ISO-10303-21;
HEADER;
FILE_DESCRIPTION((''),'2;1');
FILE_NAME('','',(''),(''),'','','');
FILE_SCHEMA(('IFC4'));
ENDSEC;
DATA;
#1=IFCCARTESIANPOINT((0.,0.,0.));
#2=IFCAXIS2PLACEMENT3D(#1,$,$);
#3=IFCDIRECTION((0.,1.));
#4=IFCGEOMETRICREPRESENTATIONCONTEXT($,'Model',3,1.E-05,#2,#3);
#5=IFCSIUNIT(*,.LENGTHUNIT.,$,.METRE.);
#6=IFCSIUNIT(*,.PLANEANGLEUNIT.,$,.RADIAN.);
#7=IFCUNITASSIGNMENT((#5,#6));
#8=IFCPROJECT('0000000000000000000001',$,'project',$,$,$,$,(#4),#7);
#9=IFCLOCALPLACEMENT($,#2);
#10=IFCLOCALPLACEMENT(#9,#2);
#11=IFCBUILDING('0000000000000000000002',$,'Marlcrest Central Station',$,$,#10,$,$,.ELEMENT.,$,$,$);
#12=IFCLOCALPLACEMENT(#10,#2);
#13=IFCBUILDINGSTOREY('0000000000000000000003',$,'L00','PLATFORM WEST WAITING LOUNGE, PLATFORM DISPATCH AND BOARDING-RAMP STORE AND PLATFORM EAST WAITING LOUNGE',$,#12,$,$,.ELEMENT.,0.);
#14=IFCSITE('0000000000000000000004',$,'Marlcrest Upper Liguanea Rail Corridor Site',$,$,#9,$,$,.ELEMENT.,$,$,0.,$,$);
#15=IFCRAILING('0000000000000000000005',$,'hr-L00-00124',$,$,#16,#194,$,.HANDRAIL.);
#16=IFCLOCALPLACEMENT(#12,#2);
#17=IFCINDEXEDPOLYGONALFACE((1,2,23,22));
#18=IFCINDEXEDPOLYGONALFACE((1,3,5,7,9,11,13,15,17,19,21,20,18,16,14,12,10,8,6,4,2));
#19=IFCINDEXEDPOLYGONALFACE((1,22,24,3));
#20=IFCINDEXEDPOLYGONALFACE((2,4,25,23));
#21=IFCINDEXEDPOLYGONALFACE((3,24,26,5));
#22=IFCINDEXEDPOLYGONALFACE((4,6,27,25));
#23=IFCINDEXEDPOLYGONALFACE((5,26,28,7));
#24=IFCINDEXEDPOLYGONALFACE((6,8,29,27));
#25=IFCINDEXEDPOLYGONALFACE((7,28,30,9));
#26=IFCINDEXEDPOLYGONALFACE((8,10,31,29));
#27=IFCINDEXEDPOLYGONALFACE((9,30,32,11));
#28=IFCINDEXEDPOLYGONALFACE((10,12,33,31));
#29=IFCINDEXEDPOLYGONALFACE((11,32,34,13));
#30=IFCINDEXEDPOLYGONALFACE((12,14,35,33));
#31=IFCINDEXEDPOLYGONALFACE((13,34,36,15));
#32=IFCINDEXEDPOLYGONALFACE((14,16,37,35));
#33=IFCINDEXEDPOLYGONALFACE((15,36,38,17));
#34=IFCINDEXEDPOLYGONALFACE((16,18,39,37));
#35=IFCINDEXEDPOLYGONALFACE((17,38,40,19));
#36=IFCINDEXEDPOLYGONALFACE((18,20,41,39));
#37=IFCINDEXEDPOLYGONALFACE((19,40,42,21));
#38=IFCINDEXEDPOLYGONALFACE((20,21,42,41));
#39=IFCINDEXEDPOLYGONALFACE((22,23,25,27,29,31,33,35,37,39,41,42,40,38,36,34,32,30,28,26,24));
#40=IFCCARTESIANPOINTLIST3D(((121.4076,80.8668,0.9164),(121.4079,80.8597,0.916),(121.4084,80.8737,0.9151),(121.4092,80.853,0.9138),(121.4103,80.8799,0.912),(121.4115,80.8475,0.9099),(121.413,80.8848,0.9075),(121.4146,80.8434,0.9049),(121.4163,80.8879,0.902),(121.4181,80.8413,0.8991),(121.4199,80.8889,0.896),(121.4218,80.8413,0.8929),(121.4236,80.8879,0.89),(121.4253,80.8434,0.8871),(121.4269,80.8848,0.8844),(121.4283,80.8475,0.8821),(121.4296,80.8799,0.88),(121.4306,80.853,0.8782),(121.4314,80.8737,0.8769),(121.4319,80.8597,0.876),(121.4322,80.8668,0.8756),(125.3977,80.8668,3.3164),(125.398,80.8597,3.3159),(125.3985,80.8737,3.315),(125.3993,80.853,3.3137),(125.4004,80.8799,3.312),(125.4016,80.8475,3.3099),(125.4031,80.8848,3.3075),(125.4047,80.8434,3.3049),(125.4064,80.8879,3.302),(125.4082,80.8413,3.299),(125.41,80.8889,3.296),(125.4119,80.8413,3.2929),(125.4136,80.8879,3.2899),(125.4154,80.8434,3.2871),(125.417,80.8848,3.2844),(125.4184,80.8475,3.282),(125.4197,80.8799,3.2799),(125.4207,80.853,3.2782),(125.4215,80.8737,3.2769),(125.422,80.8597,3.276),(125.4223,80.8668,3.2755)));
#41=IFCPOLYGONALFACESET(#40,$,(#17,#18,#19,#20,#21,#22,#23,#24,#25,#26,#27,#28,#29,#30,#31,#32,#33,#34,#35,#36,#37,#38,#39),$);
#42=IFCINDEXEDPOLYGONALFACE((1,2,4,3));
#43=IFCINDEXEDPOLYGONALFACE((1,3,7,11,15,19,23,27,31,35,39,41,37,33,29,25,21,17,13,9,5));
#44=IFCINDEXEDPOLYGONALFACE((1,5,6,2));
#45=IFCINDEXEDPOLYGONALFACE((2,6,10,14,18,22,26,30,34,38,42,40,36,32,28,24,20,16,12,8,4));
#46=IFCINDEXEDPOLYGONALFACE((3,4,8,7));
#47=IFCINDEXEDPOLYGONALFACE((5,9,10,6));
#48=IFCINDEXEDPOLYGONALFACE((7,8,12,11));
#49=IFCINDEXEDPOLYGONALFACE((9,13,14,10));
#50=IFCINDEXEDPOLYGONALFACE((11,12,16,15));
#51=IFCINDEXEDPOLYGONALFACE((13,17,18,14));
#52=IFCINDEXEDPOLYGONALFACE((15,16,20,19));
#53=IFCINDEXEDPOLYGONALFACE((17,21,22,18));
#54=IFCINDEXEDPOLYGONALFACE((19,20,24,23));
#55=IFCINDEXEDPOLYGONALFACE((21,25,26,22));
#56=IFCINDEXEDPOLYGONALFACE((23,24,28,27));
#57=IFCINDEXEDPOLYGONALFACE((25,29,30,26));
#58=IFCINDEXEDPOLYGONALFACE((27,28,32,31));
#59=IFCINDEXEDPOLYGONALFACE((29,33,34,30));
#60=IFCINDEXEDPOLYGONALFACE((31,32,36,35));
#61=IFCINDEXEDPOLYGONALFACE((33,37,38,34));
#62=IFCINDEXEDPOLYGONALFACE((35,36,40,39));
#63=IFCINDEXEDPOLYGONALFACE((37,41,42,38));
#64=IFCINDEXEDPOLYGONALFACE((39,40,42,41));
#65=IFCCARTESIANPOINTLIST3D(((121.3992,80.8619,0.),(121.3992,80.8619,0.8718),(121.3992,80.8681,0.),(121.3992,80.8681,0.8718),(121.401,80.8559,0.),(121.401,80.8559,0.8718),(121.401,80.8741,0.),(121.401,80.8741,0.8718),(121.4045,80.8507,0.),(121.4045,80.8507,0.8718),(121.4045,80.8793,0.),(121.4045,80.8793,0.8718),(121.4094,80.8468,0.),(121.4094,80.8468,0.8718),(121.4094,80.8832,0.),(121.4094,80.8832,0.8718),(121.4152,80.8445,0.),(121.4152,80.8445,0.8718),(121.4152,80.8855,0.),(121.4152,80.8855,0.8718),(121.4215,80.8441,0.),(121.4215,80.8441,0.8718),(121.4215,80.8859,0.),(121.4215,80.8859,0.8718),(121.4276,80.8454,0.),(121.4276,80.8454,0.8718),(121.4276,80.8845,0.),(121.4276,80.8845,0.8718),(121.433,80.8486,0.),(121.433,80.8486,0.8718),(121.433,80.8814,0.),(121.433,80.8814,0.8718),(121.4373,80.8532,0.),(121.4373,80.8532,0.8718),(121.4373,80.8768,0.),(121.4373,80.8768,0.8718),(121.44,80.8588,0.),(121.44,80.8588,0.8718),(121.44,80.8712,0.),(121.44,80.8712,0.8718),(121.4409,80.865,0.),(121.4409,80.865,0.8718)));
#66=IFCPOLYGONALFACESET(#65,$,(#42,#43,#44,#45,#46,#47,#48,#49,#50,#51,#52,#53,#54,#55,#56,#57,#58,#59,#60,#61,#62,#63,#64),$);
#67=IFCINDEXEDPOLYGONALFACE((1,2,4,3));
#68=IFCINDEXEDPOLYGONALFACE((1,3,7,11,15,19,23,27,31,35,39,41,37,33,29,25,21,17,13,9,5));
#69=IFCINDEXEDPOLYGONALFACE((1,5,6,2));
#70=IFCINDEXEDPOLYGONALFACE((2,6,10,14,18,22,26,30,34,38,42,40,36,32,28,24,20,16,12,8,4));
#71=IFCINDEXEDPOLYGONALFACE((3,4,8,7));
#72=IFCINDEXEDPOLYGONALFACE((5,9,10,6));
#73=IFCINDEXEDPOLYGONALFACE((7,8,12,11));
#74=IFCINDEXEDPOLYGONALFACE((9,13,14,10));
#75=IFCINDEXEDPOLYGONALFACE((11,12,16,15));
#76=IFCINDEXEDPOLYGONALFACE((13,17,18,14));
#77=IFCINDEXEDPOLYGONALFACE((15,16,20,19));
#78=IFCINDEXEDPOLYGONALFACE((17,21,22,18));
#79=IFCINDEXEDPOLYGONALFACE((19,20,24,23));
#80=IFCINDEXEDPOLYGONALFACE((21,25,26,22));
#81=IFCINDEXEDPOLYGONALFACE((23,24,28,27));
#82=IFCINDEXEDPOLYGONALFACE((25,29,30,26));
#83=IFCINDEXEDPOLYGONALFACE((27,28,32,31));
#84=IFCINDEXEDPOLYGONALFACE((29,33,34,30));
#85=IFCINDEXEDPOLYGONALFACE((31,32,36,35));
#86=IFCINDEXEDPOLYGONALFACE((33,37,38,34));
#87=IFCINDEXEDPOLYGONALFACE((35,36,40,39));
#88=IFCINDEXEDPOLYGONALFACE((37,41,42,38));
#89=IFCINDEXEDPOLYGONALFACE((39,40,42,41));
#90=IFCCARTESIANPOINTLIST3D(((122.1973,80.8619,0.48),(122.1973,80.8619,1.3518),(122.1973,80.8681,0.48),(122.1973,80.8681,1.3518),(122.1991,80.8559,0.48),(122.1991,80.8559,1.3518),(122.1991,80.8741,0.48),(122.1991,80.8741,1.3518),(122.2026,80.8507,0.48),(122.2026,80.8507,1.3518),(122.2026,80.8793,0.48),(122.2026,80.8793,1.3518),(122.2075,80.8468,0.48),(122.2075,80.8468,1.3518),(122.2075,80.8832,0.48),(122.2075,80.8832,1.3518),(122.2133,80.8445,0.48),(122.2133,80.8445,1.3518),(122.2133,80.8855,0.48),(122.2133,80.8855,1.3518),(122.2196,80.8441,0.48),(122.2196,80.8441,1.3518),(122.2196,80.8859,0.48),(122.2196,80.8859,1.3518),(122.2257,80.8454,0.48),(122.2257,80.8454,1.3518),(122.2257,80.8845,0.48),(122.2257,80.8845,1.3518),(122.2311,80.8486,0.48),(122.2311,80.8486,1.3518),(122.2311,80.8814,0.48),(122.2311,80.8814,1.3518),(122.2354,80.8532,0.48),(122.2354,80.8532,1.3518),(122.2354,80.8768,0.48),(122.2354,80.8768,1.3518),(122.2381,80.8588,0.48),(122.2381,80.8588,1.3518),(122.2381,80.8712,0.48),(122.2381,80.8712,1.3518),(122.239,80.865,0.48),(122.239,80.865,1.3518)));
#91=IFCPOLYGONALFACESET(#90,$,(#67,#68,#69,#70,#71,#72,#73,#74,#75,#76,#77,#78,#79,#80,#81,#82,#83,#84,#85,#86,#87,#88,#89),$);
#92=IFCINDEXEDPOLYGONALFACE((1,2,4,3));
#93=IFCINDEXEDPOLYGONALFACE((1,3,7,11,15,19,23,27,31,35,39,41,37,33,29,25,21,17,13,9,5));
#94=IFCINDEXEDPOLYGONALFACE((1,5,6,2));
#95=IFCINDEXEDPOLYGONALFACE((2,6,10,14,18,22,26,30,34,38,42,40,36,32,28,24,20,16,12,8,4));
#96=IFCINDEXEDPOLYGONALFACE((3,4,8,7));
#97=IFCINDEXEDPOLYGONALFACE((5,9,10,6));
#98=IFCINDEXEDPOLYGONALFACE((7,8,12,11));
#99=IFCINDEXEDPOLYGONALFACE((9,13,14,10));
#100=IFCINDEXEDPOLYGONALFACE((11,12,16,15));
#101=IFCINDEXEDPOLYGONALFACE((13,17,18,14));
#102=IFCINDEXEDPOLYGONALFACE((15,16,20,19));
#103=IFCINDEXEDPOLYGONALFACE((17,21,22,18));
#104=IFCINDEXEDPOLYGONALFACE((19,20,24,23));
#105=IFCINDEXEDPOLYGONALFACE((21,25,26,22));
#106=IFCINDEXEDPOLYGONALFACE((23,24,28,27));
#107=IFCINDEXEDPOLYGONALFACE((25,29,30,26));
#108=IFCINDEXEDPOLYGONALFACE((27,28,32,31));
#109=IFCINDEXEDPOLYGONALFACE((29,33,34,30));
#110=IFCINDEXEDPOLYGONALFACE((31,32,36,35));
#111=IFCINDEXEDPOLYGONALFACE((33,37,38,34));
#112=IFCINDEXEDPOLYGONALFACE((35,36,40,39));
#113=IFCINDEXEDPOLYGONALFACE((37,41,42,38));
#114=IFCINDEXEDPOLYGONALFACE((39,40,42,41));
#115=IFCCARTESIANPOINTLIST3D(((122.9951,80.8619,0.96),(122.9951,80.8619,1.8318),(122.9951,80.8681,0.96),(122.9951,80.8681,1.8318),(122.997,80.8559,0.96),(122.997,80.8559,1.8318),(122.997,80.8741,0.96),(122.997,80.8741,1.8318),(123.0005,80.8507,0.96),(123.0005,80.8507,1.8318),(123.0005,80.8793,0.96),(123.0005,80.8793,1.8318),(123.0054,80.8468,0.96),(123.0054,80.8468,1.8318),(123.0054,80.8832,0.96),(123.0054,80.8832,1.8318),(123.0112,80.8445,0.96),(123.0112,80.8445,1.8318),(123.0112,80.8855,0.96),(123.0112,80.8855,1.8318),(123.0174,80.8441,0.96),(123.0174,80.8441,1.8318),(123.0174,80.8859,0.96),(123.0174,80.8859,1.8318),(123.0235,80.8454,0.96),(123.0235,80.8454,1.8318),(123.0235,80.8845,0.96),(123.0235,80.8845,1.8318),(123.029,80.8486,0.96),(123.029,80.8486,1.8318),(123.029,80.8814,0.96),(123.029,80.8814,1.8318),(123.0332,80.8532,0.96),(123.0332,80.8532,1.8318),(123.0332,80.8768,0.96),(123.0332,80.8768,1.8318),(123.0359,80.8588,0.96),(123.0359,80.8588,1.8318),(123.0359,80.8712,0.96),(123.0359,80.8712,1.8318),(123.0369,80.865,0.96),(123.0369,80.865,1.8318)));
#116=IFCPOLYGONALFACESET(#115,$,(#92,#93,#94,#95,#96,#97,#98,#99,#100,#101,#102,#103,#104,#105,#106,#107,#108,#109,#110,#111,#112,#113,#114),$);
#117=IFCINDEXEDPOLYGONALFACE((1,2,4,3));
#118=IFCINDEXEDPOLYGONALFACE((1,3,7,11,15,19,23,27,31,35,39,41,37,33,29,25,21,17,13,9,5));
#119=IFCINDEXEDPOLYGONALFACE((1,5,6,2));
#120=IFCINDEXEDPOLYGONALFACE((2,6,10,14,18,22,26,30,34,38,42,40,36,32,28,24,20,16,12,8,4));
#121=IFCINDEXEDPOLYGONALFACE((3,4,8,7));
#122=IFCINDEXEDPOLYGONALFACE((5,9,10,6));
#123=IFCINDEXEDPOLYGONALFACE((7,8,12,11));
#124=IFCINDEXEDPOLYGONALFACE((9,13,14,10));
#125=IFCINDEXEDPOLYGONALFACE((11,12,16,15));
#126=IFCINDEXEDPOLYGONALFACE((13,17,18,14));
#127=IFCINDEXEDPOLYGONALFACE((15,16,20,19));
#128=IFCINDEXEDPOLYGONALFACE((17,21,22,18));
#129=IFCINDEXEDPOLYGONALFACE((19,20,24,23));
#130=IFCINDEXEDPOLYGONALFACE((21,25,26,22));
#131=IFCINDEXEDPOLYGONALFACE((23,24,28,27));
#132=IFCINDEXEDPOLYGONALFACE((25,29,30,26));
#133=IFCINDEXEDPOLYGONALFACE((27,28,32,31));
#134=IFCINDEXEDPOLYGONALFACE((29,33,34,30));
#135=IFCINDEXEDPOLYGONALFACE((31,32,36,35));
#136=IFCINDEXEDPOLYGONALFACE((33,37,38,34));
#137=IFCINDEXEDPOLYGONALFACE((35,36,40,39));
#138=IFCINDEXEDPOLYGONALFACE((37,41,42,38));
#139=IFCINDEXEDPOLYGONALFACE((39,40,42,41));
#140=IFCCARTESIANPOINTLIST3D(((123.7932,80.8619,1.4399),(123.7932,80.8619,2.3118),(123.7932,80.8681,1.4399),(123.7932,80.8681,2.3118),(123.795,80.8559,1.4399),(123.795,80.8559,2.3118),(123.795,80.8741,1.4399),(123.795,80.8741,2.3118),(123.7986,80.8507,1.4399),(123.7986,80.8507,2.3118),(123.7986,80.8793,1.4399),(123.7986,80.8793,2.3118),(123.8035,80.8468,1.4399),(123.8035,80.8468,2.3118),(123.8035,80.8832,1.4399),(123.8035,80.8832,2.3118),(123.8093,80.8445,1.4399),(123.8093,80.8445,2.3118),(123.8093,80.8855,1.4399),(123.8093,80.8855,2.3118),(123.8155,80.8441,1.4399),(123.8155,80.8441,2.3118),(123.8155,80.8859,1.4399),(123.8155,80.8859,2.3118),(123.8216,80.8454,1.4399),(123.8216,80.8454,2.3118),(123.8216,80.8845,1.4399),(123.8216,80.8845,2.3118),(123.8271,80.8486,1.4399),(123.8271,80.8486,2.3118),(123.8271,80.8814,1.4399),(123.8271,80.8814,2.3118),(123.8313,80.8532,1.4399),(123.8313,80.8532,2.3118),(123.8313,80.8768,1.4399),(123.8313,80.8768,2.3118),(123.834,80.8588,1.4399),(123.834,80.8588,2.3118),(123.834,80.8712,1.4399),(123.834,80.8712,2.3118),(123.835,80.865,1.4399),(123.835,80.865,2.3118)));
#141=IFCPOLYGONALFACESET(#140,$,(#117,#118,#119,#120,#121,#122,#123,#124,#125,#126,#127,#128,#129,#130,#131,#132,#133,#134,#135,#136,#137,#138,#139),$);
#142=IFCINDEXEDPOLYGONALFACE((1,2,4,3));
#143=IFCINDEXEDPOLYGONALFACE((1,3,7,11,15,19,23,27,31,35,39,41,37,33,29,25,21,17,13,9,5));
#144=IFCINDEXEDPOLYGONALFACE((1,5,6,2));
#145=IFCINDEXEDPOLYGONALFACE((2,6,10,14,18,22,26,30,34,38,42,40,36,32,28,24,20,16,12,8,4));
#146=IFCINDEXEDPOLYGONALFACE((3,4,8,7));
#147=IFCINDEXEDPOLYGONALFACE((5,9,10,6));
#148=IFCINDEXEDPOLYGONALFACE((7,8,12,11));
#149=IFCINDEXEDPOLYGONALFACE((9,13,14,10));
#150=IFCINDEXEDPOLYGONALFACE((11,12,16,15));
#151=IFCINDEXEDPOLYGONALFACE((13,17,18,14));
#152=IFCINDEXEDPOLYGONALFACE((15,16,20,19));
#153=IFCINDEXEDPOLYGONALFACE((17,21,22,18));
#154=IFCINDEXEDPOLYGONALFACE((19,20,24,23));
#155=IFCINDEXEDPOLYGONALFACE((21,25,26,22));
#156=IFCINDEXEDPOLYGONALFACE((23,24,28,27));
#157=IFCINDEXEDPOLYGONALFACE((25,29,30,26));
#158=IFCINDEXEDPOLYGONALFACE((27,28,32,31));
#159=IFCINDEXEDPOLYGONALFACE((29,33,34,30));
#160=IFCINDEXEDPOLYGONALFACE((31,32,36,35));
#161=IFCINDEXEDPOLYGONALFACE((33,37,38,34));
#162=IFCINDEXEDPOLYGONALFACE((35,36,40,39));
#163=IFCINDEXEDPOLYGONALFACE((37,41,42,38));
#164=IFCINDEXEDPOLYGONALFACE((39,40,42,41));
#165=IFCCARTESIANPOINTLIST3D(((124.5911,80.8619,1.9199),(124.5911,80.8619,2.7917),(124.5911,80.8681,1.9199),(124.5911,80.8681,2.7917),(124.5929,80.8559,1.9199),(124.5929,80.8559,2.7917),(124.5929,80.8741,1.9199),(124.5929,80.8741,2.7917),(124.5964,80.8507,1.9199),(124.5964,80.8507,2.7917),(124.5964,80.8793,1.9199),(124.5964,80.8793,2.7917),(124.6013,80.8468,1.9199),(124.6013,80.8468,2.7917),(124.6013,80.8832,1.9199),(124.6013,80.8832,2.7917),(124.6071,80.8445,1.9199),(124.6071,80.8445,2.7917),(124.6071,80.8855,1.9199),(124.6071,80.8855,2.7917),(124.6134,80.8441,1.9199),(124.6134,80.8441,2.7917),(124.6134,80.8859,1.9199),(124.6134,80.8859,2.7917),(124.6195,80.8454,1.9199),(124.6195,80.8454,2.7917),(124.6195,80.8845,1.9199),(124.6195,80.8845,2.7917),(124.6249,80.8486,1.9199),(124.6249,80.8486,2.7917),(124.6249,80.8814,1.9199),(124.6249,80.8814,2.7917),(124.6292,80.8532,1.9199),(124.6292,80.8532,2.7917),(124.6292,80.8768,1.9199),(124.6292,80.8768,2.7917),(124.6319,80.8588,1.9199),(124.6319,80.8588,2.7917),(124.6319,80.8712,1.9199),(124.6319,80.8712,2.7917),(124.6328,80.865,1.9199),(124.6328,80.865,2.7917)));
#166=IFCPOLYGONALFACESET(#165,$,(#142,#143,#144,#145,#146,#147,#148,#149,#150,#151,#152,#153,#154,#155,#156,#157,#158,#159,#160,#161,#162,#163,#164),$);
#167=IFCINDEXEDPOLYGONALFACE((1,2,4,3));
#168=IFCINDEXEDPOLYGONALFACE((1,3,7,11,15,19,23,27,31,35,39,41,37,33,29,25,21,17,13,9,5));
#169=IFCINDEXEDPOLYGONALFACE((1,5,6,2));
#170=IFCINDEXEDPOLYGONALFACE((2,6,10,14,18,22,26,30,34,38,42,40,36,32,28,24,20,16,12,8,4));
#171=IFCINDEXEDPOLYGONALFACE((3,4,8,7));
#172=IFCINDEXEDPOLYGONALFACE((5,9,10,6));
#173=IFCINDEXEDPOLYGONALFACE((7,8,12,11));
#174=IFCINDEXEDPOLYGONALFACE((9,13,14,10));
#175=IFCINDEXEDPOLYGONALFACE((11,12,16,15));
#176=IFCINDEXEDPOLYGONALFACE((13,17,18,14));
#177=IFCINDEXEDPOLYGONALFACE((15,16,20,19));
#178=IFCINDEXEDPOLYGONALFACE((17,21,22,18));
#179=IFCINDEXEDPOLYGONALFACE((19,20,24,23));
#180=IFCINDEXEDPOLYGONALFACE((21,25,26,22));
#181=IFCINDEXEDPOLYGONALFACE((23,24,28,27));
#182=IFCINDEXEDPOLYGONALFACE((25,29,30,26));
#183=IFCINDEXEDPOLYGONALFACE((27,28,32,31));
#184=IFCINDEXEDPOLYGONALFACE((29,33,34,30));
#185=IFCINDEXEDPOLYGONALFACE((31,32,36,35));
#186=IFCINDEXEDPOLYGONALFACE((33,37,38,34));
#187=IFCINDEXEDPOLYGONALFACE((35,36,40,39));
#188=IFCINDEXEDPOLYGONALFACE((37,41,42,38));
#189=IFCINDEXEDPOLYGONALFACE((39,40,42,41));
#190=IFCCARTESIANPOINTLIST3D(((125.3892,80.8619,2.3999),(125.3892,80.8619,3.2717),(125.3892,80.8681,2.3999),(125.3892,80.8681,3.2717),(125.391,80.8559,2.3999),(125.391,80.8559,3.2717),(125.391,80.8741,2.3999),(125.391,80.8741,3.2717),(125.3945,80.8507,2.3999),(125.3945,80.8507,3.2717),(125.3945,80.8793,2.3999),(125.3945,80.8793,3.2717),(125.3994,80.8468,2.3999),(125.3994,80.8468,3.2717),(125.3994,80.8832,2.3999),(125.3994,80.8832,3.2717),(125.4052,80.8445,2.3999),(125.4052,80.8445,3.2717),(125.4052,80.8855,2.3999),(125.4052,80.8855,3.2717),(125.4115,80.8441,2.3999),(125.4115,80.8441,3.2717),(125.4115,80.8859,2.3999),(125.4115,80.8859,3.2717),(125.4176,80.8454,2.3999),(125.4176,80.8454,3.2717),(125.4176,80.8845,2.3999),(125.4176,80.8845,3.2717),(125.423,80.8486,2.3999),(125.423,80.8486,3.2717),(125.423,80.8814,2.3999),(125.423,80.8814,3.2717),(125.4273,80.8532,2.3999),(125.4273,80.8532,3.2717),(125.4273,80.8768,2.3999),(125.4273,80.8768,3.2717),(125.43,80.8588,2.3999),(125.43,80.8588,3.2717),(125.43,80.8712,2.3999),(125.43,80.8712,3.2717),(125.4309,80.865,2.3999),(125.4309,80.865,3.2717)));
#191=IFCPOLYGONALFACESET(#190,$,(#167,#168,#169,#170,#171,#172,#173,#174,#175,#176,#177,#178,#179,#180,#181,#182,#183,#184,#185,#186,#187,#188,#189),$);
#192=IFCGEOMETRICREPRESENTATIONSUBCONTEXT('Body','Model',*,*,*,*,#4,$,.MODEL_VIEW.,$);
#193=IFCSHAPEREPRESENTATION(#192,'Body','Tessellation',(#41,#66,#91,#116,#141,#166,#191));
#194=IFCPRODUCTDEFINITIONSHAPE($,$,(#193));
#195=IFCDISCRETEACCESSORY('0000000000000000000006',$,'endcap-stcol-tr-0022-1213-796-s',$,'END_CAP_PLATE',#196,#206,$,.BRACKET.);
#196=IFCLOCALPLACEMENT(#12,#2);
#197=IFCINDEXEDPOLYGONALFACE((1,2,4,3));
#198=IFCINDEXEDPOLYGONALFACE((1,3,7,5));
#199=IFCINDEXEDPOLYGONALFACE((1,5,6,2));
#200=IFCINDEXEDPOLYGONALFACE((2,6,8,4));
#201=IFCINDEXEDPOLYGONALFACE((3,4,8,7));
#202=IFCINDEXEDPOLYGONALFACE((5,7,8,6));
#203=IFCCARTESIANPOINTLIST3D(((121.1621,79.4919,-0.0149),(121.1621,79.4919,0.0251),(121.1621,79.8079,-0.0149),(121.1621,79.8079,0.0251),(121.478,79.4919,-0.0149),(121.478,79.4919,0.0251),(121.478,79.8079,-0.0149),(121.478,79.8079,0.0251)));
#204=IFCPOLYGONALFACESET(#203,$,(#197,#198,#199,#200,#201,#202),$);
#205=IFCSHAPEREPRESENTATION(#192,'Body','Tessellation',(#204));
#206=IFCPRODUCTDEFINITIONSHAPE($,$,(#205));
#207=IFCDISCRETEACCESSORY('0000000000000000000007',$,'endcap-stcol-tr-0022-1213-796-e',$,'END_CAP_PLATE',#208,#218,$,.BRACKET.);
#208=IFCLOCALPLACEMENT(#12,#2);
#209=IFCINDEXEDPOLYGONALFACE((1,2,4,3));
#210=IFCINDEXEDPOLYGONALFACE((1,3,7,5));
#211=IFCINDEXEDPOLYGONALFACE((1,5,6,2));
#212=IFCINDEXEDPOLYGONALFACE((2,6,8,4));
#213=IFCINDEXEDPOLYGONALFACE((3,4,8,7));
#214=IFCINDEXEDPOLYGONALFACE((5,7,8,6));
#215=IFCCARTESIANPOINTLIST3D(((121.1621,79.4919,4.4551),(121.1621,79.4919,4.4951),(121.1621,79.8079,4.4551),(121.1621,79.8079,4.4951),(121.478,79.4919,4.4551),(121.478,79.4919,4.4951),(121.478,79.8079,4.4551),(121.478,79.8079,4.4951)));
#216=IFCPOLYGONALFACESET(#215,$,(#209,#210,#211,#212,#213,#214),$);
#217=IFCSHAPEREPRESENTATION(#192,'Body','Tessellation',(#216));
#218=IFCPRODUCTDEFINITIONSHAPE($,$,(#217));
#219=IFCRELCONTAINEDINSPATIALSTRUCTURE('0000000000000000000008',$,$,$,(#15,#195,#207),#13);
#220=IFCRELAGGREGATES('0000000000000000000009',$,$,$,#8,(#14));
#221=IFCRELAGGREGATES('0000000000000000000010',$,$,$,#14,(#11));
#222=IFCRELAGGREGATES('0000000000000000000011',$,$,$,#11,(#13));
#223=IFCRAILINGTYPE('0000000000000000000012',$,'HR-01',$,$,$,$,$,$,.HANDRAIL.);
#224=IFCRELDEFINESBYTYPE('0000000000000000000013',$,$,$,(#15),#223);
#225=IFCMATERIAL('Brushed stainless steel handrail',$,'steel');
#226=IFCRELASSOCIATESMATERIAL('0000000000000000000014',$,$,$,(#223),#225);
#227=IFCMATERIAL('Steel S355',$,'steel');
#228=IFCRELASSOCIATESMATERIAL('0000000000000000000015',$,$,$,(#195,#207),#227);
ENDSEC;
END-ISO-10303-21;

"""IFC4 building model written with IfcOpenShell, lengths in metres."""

from ifc_helpers import new_model, si_unit, direction, frame, origin, origin_2d, place, context, subcontext, project, spatial, rectangle, circle, extrude, material, type_object, element, save


model = new_model("IFC4")

# Units and contexts
model_context = context("Model", 3, precision=1e-05, world=origin(), true_north=direction((0.0, 1.0)))
body_context = subcontext(model_context, "Body", "Model", "MODEL_VIEW")
ifc_project = project(units=[si_unit("LENGTHUNIT", "METRE"), si_unit("PLANEANGLEUNIT", "RADIAN")], contexts=[model_context])

# Site, building, storey
site_placement = place(None, origin())
site = spatial("IfcSite", under=ifc_project, at=site_placement, Name="Marlcrest Upper Liguanea Rail Corridor Site", CompositionType="ELEMENT", RefElevation=0.0)
building_placement = place(site_placement, origin())
building = spatial("IfcBuilding", under=site, at=building_placement, Name="Marlcrest Central Station", CompositionType="ELEMENT")
storey_placement = place(building_placement, origin())
storey = spatial("IfcBuildingStorey", under=building, at=storey_placement, Name="L00", Description="PLATFORM WEST WAITING LOUNGE, PLATFORM DISPATCH AND BOARDING-RAMP STORE AND PLATFORM EAST WAITING LOUNGE", CompositionType="ELEMENT", Elevation=0.0)

# Shared definitions
ifc_material_1 = material(Name="Steel S355", Category="steel")

# Railing
ifc_material_2 = material(Name="Brushed stainless steel handrail", Category="steel")
railing_type_1 = type_object("IfcRailingType", Name="HR-01", PredefinedType="HANDRAIL", material=ifc_material_2)
railing_1_placement = place(storey_placement, frame((121.4199, 80.865, 0.0)))
element("IfcRailing", 1, at=railing_1_placement, inside=storey, type_object=railing_type_1, Name="hr-L00-00124", PredefinedType="HANDRAIL", context=body_context, shape_type="SweptSolid", body=[
    extrude(circle(Radius=0.0239, at=origin_2d()), frame((0.0, 0.0, 0.896), z_axis=(0.856933, 0.0, 0.515428), x_axis=(0.0, 1.0, 0.0)), (0.0, 0.0, 1.0), 4.6562),
    extrude(circle(Radius=0.021, at=origin_2d()), origin(), (0.0, 0.0, 1.0), 0.8718),
    extrude(circle(Radius=0.021, at=origin_2d()), frame((0.7981, 0.0, 0.48)), (0.0, 0.0, 1.0), 0.8718),
    extrude(circle(Radius=0.021, at=origin_2d()), frame((1.5959, 0.0, 0.96)), (0.0, 0.0, 1.0), 0.8718),
    extrude(circle(Radius=0.021, at=origin_2d()), frame((2.394, 0.0, 1.4399)), (0.0, 0.0, 1.0), 0.8718),
    extrude(circle(Radius=0.021, at=origin_2d()), frame((3.1919, 0.0, 1.9199)), (0.0, 0.0, 1.0), 0.8718),
    extrude(circle(Radius=0.021, at=origin_2d()), frame((3.99, 0.0, 2.3999)), (0.0, 0.0, 1.0), 0.8718),
])

# Discrete accessories
for number, where, z_axis, x_axis, name in (
    (2, (121.3201, 79.6499, -0.0149), (0.0, 0.0, 1.0), (1.0, 0.0, 0.0), "endcap-stcol-tr-0022-1213-796-s"),
    (3, (121.3201, 79.6499, 4.4551), (0.0, 0.0, 1.0), (1.0, 0.0, 0.0), "endcap-stcol-tr-0022-1213-796-e"),
):
    element("IfcDiscreteAccessory", number, at=place(storey_placement, frame(where, z_axis=z_axis, x_axis=x_axis)), inside=storey, material=ifc_material_1, Name=name, ObjectType="END_CAP_PLATE", PredefinedType="BRACKET", context=body_context, shape_type="SweptSolid", body=[
        extrude(rectangle(XDim=0.3159, YDim=0.3159, at=origin_2d()), origin(), (0.0, 0.0, 1.0), 0.04),
    ])

save(model, "model.ifc")
